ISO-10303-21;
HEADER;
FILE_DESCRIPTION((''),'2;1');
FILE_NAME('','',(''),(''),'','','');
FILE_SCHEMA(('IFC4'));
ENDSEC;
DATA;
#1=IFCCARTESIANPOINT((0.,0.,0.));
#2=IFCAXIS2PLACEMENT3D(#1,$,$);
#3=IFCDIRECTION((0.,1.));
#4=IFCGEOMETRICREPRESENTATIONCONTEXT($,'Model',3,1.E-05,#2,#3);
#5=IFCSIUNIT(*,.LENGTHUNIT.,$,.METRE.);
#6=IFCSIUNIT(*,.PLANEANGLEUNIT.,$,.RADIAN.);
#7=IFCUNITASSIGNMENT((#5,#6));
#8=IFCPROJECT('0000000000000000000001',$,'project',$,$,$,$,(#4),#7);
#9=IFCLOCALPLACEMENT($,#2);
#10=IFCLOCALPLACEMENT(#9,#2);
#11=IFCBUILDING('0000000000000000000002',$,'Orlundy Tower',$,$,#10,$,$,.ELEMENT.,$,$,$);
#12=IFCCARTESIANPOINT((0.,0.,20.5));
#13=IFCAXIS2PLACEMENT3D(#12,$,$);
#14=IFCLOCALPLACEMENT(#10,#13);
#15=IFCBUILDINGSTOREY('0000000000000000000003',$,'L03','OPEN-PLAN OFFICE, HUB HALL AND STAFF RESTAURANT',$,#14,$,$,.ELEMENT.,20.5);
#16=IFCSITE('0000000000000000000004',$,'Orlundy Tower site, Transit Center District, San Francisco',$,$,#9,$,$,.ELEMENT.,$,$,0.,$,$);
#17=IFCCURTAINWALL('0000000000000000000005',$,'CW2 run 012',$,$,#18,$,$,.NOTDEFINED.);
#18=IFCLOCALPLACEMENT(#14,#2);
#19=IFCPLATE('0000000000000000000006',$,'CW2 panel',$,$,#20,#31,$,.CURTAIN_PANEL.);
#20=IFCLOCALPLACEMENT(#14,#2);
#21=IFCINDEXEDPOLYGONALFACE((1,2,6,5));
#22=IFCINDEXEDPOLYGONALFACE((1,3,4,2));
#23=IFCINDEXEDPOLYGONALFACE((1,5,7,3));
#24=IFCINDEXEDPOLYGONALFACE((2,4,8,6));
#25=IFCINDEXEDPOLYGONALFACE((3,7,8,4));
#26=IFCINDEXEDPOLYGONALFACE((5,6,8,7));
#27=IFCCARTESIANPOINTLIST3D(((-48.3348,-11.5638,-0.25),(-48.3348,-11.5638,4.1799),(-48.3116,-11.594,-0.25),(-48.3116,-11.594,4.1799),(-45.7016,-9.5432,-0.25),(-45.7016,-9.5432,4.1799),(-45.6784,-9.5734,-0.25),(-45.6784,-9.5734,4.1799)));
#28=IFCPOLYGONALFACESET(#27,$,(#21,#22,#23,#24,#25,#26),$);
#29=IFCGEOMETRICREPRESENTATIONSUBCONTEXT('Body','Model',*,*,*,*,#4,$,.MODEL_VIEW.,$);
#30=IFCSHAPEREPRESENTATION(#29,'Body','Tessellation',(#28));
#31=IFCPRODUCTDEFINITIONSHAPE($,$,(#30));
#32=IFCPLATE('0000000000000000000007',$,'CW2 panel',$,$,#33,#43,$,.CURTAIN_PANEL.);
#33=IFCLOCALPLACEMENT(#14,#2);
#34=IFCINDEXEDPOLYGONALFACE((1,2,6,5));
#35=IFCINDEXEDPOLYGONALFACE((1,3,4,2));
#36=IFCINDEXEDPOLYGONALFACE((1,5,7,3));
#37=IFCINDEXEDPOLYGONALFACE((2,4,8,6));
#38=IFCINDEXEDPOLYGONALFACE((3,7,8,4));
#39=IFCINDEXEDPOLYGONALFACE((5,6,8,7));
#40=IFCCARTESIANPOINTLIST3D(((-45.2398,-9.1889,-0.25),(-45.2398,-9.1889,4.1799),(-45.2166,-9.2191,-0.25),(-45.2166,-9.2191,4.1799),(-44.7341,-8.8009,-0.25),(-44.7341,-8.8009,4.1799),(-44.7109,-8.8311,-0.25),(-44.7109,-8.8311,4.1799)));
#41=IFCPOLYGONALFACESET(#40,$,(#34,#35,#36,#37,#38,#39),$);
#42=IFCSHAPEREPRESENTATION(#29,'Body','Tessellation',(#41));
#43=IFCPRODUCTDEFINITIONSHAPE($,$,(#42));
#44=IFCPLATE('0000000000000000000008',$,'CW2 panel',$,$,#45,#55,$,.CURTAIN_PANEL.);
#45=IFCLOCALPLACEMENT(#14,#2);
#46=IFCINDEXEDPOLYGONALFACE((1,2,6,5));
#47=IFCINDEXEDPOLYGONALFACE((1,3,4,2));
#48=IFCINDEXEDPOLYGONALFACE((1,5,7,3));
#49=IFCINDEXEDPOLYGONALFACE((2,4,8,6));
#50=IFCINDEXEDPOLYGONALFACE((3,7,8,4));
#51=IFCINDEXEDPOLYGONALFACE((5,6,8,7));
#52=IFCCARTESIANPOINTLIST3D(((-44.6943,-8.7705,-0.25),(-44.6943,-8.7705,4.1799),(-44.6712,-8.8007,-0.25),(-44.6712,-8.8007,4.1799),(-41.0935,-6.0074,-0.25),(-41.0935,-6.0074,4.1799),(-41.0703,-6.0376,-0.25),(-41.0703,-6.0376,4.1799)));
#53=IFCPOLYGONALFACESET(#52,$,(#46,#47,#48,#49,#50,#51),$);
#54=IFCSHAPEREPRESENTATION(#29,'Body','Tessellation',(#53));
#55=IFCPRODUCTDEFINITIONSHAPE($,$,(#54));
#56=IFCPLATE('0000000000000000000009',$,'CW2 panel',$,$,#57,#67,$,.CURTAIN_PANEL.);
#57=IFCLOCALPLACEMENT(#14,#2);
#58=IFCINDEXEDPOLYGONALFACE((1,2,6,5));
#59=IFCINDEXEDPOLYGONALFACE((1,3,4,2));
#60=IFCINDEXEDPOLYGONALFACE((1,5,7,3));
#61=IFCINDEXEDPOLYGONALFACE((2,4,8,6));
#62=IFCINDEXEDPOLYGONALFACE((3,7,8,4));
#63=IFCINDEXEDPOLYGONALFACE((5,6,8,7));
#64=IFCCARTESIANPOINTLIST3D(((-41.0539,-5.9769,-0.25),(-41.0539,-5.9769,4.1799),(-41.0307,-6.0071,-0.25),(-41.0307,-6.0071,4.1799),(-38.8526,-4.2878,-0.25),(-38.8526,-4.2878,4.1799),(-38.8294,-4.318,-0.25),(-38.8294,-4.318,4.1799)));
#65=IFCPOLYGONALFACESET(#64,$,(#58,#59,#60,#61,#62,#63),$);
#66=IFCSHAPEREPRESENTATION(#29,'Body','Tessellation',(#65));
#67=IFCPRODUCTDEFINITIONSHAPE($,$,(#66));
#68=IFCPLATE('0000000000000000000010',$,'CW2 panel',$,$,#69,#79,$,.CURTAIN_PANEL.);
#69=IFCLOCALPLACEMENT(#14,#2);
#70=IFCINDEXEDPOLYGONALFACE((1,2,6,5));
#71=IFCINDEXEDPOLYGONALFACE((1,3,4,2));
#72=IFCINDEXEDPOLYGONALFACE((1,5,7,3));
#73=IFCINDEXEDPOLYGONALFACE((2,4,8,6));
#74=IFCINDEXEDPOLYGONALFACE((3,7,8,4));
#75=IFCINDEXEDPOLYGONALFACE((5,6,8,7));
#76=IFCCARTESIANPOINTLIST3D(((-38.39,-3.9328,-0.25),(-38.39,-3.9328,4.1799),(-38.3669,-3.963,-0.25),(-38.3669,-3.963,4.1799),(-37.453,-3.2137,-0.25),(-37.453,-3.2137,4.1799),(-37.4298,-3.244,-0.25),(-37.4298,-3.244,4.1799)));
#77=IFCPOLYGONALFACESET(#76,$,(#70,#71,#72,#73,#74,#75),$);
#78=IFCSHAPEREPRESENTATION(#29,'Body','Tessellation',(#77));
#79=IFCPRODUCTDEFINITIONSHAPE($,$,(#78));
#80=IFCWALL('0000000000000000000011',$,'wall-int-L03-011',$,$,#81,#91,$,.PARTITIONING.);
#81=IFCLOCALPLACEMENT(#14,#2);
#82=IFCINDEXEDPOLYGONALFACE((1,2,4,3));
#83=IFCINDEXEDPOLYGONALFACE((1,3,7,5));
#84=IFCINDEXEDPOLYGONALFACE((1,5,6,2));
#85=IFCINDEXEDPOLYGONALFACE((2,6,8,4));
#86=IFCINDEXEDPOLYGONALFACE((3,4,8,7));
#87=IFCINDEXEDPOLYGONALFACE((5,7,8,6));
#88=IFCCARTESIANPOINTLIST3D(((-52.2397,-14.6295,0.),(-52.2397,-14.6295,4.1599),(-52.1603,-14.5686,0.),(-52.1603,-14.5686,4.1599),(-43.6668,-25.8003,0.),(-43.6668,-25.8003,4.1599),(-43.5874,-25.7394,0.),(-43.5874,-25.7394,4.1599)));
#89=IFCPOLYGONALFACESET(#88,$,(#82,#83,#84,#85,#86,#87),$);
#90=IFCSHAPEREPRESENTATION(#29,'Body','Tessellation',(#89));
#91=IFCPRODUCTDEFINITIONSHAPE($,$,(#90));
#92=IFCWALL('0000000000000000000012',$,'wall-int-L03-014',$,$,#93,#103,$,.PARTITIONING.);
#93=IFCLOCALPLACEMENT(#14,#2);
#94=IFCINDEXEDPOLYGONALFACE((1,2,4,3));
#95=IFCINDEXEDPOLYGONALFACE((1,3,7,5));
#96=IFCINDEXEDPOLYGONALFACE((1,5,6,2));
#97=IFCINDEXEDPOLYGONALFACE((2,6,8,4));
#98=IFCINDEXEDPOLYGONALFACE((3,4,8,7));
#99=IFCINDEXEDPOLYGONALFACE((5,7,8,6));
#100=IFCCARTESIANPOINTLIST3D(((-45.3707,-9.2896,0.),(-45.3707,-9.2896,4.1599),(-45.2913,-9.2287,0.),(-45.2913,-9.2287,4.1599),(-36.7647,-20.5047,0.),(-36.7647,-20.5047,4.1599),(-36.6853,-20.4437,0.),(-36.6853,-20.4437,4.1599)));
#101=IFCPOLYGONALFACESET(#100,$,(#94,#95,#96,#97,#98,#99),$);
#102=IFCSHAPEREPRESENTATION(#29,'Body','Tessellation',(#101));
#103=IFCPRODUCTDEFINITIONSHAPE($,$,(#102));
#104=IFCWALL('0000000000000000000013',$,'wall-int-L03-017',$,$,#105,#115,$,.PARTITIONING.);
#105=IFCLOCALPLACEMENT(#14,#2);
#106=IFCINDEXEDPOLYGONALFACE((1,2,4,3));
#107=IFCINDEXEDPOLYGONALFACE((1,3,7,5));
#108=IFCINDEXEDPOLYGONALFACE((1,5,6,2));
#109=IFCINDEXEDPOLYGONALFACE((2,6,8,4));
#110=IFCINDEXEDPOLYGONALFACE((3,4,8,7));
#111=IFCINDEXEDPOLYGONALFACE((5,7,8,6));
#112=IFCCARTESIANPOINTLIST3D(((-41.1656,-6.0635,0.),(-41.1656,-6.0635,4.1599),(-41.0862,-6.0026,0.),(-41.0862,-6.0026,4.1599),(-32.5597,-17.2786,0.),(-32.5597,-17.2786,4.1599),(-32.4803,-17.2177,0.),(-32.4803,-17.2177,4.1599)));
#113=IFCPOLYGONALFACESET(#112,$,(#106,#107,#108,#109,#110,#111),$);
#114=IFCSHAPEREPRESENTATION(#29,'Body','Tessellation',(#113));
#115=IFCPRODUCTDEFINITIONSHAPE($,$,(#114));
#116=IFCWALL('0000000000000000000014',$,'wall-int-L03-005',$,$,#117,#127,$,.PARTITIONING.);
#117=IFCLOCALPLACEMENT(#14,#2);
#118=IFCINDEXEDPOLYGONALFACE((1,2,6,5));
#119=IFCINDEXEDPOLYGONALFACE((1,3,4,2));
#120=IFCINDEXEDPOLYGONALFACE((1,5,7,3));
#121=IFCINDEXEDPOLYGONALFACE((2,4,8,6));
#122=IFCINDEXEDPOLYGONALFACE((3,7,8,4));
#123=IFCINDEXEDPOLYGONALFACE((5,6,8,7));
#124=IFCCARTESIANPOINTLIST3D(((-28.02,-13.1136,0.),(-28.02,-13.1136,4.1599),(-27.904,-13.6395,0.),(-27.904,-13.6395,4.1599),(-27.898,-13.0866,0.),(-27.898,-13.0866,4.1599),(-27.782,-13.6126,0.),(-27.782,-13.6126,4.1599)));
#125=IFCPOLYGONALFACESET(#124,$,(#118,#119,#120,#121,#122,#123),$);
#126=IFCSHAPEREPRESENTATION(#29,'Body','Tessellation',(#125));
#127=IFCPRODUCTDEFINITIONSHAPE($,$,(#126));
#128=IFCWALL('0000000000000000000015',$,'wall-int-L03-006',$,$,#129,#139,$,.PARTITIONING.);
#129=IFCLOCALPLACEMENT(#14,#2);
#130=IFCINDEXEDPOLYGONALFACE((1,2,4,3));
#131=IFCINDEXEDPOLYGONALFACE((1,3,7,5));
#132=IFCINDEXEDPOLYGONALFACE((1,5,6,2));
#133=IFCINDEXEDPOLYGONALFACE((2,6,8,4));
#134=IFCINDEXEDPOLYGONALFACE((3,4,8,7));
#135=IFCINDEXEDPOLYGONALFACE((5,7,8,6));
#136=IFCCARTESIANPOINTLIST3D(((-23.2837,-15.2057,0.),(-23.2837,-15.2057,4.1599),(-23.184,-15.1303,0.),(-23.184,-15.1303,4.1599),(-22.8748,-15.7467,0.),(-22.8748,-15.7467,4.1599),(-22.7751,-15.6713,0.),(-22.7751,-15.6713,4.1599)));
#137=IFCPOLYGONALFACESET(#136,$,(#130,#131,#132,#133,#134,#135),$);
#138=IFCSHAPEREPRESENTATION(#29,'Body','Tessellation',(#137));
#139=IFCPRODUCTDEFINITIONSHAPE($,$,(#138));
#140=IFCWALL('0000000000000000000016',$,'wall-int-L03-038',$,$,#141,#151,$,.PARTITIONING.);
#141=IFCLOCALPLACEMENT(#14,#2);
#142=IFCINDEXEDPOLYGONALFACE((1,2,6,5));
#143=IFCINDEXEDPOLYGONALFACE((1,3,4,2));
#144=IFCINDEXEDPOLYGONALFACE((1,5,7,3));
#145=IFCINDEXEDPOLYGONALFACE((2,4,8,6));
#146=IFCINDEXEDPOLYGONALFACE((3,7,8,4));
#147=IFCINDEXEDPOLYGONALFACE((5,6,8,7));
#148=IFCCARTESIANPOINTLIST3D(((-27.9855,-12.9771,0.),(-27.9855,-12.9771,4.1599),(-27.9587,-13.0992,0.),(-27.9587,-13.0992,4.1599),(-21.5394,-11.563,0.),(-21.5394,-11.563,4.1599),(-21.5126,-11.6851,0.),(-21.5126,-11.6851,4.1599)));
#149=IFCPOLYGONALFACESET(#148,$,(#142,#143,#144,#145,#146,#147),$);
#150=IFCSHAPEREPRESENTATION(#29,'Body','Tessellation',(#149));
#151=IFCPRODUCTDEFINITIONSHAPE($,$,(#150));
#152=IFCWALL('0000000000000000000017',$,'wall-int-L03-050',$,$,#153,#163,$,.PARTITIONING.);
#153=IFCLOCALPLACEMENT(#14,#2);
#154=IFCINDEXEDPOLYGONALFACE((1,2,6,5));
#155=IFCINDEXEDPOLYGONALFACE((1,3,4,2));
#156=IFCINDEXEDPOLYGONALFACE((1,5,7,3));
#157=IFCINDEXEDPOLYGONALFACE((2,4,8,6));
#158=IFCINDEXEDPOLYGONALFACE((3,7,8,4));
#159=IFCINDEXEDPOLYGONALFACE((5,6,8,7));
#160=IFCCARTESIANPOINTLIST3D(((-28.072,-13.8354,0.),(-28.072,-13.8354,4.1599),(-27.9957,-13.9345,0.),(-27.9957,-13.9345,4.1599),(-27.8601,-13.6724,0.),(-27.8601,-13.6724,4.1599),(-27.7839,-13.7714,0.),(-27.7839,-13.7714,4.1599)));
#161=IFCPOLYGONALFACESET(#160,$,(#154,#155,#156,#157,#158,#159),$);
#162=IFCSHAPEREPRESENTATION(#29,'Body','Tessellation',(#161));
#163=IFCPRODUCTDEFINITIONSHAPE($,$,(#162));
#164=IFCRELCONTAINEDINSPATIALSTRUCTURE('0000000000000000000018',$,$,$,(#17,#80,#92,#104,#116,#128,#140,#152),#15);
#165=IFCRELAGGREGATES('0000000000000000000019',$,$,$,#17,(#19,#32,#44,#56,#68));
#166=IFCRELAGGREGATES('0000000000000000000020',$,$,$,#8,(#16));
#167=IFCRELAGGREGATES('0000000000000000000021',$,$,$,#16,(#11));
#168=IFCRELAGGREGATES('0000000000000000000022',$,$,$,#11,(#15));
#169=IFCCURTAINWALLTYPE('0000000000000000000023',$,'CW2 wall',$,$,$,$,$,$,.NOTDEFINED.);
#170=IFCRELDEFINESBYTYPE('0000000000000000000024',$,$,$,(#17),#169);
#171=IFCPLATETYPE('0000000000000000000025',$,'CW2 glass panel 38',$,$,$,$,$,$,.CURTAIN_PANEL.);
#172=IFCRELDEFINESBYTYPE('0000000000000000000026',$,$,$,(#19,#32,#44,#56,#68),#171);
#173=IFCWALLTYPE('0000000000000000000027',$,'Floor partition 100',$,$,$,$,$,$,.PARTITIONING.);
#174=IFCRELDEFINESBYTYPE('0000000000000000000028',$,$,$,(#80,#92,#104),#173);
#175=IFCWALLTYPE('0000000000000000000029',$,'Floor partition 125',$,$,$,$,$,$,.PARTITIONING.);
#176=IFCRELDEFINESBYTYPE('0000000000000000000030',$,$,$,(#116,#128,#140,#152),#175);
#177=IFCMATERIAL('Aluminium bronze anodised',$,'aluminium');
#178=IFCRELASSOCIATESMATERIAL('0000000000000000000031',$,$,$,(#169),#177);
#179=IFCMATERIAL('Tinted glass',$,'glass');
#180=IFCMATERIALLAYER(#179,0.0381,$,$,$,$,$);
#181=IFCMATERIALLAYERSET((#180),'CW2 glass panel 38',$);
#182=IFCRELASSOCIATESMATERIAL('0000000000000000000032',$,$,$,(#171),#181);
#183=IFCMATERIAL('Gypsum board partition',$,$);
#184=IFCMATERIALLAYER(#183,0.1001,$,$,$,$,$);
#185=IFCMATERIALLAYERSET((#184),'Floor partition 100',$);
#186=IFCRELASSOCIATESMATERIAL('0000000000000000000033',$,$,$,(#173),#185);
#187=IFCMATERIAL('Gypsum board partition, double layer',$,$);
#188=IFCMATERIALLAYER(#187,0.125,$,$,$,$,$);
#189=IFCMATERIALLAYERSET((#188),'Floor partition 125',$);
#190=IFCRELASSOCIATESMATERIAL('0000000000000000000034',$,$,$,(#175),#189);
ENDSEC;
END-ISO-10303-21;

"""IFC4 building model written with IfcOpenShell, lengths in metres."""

from ifc_helpers import new_model, si_unit, direction, frame, frame_2d, origin, origin_2d, place, context, subcontext, project, spatial, rectangle, extrude, material, layer, layer_set, type_object, element, aggregate, save


model = new_model("IFC4")

# Units and contexts
model_context = context("Model", 3, precision=1e-05, world=origin(), true_north=direction((0.0, 1.0)))
body_context = subcontext(model_context, "Body", "Model", "MODEL_VIEW")
ifc_project = project(units=[si_unit("LENGTHUNIT", "METRE"), si_unit("PLANEANGLEUNIT", "RADIAN")], contexts=[model_context])

# Site, building, storey
site_placement = place(None, origin())
site = spatial("IfcSite", under=ifc_project, at=site_placement, Name="Orlundy Tower site, Transit Center District, San Francisco", CompositionType="ELEMENT", RefElevation=0.0)
building_placement = place(site_placement, origin())
building = spatial("IfcBuilding", under=site, at=building_placement, Name="Orlundy Tower", CompositionType="ELEMENT")
storey_placement = place(building_placement, frame((0.0, 0.0, 20.5)))
storey = spatial("IfcBuildingStorey", under=building, at=storey_placement, Name="L03", Description="OPEN-PLAN OFFICE, HUB HALL AND STAFF RESTAURANT", CompositionType="ELEMENT", Elevation=20.5)

# Curtain wall, plates
ifc_material_1 = material(Name="Aluminium bronze anodised", Category="aluminium")
curtain_wall_type = type_object("IfcCurtainWallType", Name="CW2 wall", PredefinedType="NOTDEFINED", material=ifc_material_1)
curtain_wall_placement = place(storey_placement, origin())
curtain_wall = element("IfcCurtainWall", 1, at=curtain_wall_placement, inside=storey, type_object=curtain_wall_type, Name="CW2 run 012", PredefinedType="NOTDEFINED")
ifc_material_2 = material(Name="Tinted glass", Category="glass")
ifc_layer_1 = layer(ifc_material_2, 0.0381)
ifc_layer_set_1 = layer_set([ifc_layer_1], Name="CW2 glass panel 38")
plate_type = type_object("IfcPlateType", Name="CW2 glass panel 38", PredefinedType="CURTAIN_PANEL", material=ifc_layer_set_1)
plate_1_placement = place(storey_placement, frame((-47.0066, -10.5686, -0.25), z_axis=(0.0, 0.0, 1.0), x_axis=(0.793348, 0.608768, 0.0)))
plate_1 = element("IfcPlate", 2, at=plate_1_placement, type_object=plate_type, Name="CW2 panel", PredefinedType="CURTAIN_PANEL", context=body_context, shape_type="SweptSolid", body=[
    extrude(rectangle(XDim=3.3191, YDim=0.0381, at=origin_2d()), origin(), (0.0, 0.0, 1.0), 4.4299),
])
plate_2_placement = place(storey_placement, frame((-44.9753, -9.01, -0.25), z_axis=(0.0, 0.0, 1.0), x_axis=(0.793348, 0.608768, 0.0)))
plate_2 = element("IfcPlate", 3, at=plate_2_placement, type_object=plate_type, Name="CW2 panel", PredefinedType="CURTAIN_PANEL", context=body_context, shape_type="SweptSolid", body=[
    extrude(rectangle(XDim=0.6375, YDim=0.0381, at=origin_2d()), origin(), (0.0, 0.0, 1.0), 4.4299),
])
plate_3_placement = place(storey_placement, frame((-42.8823, -7.4041, -0.25), z_axis=(0.0, 0.0, 1.0), x_axis=(0.793348, 0.608768, 0.0)))
plate_3 = element("IfcPlate", 4, at=plate_3_placement, type_object=plate_type, Name="CW2 panel", PredefinedType="CURTAIN_PANEL", context=body_context, shape_type="SweptSolid", body=[
    extrude(rectangle(XDim=4.5388, YDim=0.0381, at=origin_2d()), origin(), (0.0, 0.0, 1.0), 4.4299),
])
plate_4_placement = place(storey_placement, frame((-39.9417, -5.1475, -0.25), z_axis=(0.0, 0.0, 1.0), x_axis=(0.793348, 0.608768, 0.0)))
plate_4 = element("IfcPlate", 5, at=plate_4_placement, type_object=plate_type, Name="CW2 panel", PredefinedType="CURTAIN_PANEL", context=body_context, shape_type="SweptSolid", body=[
    extrude(rectangle(XDim=2.7747, YDim=0.0381, at=origin_2d()), origin(), (0.0, 0.0, 1.0), 4.4299),
])
plate_5_placement = place(storey_placement, frame((-37.9099, -3.5884, -0.25), z_axis=(0.0, 0.0, 1.0), x_axis=(0.793348, 0.608768, 0.0)))
plate_5 = element("IfcPlate", 6, at=plate_5_placement, type_object=plate_type, Name="CW2 panel", PredefinedType="CURTAIN_PANEL", context=body_context, shape_type="SweptSolid", body=[
    extrude(rectangle(XDim=1.1812, YDim=0.0381, at=origin_2d()), origin(), (0.0, 0.0, 1.0), 4.4299),
])
aggregate(curtain_wall, [plate_1, plate_2, plate_3, plate_4, plate_5])

# Walls
ifc_material_3 = material(Name="Gypsum board partition")
ifc_layer_2 = layer(ifc_material_3, 0.1001)
ifc_layer_set_2 = layer_set([ifc_layer_2], Name="Floor partition 100")
wall_type_1 = type_object("IfcWallType", Name="Floor partition 100", PredefinedType="PARTITIONING", material=ifc_layer_set_2)
wall_1_placement = place(storey_placement, frame((-52.2, -14.5991, 0.0), z_axis=(0.0, 0.0, 1.0), x_axis=(0.608818, -0.79331, 0.0)))
element("IfcWall", 7, at=wall_1_placement, inside=storey, type_object=wall_type_1, Name="wall-int-L03-011", PredefinedType="PARTITIONING", context=body_context, shape_type="SweptSolid", body=[
    extrude(rectangle(XDim=14.0813, YDim=0.1001, at=frame_2d((7.0405, 0.0))), origin(), (0.0, 0.0, 1.0), 4.1599),
])
for number, where, z_axis, x_axis, name in (
    (8, (-45.3311, -9.259, 0.0), (0.0, 0.0, 1.0), (0.608776, -0.793342, 0.0), "wall-int-L03-014"),
    (9, (-41.126, -6.033, 0.0), (0.0, 0.0, 1.0), (0.608776, -0.793342, 0.0), "wall-int-L03-017"),
):
    element("IfcWall", number, at=place(storey_placement, frame(where, z_axis=z_axis, x_axis=x_axis)), inside=storey, type_object=wall_type_1, Name=name, PredefinedType="PARTITIONING", context=body_context, shape_type="SweptSolid", body=[
        extrude(rectangle(XDim=14.1365, YDim=0.1001, at=frame_2d((7.0684, 0.0))), origin(), (0.0, 0.0, 1.0), 4.1599),
    ])
ifc_material_4 = material(Name="Gypsum board partition, double layer")
ifc_layer_3 = layer(ifc_material_4, 0.125)
ifc_layer_set_3 = layer_set([ifc_layer_3], Name="Floor partition 125")
wall_type_2 = type_object("IfcWallType", Name="Floor partition 125", PredefinedType="PARTITIONING", material=ifc_layer_set_3)
wall_2_placement = place(storey_placement, frame((-27.959, -13.1001, 0.0), z_axis=(0.0, 0.0, 1.0), x_axis=(0.215346, -0.976538, 0.0)))
element("IfcWall", 10, at=wall_2_placement, inside=storey, type_object=wall_type_2, Name="wall-int-L03-005", PredefinedType="PARTITIONING", context=body_context, shape_type="SweptSolid", body=[
    extrude(rectangle(XDim=0.5386, YDim=0.125, at=frame_2d((0.2693, 0.0))), origin(), (0.0, 0.0, 1.0), 4.1599),
])
wall_3_placement = place(storey_placement, frame((-23.2339, -15.168, 0.0), z_axis=(0.0, 0.0, 1.0), x_axis=(0.602991, -0.797748, 0.0)))
element("IfcWall", 11, at=wall_3_placement, inside=storey, type_object=wall_type_2, Name="wall-int-L03-006", PredefinedType="PARTITIONING", context=body_context, shape_type="SweptSolid", body=[
    extrude(rectangle(XDim=0.6782, YDim=0.125, at=frame_2d((0.3391, 0.0))), origin(), (0.0, 0.0, 1.0), 4.1599),
])
wall_4_placement = place(storey_placement, frame((-21.5259, -11.624, 0.0), z_axis=(0.0, 0.0, 1.0), x_axis=(-0.976774, -0.214274, 0.0)))
element("IfcWall", 12, at=wall_4_placement, inside=storey, type_object=wall_type_2, Name="wall-int-L03-038", PredefinedType="PARTITIONING", context=body_context, shape_type="SweptSolid", body=[
    extrude(rectangle(XDim=6.5994, YDim=0.125, at=frame_2d((3.2998, 0.0))), origin(), (0.0, 0.0, 1.0), 4.1599),
])
wall_5_placement = place(storey_placement, frame((-28.0339, -13.885, 0.0), z_axis=(0.0, 0.0, 1.0), x_axis=(0.792488, 0.609887, 0.0)))
element("IfcWall", 13, at=wall_5_placement, inside=storey, type_object=wall_type_2, Name="wall-int-L03-050", PredefinedType="PARTITIONING", context=body_context, shape_type="SweptSolid", body=[
    extrude(rectangle(XDim=0.2673, YDim=0.125, at=frame_2d((0.1338, 0.0))), origin(), (0.0, 0.0, 1.0), 4.1599),
])

save(model, "model.ifc")
